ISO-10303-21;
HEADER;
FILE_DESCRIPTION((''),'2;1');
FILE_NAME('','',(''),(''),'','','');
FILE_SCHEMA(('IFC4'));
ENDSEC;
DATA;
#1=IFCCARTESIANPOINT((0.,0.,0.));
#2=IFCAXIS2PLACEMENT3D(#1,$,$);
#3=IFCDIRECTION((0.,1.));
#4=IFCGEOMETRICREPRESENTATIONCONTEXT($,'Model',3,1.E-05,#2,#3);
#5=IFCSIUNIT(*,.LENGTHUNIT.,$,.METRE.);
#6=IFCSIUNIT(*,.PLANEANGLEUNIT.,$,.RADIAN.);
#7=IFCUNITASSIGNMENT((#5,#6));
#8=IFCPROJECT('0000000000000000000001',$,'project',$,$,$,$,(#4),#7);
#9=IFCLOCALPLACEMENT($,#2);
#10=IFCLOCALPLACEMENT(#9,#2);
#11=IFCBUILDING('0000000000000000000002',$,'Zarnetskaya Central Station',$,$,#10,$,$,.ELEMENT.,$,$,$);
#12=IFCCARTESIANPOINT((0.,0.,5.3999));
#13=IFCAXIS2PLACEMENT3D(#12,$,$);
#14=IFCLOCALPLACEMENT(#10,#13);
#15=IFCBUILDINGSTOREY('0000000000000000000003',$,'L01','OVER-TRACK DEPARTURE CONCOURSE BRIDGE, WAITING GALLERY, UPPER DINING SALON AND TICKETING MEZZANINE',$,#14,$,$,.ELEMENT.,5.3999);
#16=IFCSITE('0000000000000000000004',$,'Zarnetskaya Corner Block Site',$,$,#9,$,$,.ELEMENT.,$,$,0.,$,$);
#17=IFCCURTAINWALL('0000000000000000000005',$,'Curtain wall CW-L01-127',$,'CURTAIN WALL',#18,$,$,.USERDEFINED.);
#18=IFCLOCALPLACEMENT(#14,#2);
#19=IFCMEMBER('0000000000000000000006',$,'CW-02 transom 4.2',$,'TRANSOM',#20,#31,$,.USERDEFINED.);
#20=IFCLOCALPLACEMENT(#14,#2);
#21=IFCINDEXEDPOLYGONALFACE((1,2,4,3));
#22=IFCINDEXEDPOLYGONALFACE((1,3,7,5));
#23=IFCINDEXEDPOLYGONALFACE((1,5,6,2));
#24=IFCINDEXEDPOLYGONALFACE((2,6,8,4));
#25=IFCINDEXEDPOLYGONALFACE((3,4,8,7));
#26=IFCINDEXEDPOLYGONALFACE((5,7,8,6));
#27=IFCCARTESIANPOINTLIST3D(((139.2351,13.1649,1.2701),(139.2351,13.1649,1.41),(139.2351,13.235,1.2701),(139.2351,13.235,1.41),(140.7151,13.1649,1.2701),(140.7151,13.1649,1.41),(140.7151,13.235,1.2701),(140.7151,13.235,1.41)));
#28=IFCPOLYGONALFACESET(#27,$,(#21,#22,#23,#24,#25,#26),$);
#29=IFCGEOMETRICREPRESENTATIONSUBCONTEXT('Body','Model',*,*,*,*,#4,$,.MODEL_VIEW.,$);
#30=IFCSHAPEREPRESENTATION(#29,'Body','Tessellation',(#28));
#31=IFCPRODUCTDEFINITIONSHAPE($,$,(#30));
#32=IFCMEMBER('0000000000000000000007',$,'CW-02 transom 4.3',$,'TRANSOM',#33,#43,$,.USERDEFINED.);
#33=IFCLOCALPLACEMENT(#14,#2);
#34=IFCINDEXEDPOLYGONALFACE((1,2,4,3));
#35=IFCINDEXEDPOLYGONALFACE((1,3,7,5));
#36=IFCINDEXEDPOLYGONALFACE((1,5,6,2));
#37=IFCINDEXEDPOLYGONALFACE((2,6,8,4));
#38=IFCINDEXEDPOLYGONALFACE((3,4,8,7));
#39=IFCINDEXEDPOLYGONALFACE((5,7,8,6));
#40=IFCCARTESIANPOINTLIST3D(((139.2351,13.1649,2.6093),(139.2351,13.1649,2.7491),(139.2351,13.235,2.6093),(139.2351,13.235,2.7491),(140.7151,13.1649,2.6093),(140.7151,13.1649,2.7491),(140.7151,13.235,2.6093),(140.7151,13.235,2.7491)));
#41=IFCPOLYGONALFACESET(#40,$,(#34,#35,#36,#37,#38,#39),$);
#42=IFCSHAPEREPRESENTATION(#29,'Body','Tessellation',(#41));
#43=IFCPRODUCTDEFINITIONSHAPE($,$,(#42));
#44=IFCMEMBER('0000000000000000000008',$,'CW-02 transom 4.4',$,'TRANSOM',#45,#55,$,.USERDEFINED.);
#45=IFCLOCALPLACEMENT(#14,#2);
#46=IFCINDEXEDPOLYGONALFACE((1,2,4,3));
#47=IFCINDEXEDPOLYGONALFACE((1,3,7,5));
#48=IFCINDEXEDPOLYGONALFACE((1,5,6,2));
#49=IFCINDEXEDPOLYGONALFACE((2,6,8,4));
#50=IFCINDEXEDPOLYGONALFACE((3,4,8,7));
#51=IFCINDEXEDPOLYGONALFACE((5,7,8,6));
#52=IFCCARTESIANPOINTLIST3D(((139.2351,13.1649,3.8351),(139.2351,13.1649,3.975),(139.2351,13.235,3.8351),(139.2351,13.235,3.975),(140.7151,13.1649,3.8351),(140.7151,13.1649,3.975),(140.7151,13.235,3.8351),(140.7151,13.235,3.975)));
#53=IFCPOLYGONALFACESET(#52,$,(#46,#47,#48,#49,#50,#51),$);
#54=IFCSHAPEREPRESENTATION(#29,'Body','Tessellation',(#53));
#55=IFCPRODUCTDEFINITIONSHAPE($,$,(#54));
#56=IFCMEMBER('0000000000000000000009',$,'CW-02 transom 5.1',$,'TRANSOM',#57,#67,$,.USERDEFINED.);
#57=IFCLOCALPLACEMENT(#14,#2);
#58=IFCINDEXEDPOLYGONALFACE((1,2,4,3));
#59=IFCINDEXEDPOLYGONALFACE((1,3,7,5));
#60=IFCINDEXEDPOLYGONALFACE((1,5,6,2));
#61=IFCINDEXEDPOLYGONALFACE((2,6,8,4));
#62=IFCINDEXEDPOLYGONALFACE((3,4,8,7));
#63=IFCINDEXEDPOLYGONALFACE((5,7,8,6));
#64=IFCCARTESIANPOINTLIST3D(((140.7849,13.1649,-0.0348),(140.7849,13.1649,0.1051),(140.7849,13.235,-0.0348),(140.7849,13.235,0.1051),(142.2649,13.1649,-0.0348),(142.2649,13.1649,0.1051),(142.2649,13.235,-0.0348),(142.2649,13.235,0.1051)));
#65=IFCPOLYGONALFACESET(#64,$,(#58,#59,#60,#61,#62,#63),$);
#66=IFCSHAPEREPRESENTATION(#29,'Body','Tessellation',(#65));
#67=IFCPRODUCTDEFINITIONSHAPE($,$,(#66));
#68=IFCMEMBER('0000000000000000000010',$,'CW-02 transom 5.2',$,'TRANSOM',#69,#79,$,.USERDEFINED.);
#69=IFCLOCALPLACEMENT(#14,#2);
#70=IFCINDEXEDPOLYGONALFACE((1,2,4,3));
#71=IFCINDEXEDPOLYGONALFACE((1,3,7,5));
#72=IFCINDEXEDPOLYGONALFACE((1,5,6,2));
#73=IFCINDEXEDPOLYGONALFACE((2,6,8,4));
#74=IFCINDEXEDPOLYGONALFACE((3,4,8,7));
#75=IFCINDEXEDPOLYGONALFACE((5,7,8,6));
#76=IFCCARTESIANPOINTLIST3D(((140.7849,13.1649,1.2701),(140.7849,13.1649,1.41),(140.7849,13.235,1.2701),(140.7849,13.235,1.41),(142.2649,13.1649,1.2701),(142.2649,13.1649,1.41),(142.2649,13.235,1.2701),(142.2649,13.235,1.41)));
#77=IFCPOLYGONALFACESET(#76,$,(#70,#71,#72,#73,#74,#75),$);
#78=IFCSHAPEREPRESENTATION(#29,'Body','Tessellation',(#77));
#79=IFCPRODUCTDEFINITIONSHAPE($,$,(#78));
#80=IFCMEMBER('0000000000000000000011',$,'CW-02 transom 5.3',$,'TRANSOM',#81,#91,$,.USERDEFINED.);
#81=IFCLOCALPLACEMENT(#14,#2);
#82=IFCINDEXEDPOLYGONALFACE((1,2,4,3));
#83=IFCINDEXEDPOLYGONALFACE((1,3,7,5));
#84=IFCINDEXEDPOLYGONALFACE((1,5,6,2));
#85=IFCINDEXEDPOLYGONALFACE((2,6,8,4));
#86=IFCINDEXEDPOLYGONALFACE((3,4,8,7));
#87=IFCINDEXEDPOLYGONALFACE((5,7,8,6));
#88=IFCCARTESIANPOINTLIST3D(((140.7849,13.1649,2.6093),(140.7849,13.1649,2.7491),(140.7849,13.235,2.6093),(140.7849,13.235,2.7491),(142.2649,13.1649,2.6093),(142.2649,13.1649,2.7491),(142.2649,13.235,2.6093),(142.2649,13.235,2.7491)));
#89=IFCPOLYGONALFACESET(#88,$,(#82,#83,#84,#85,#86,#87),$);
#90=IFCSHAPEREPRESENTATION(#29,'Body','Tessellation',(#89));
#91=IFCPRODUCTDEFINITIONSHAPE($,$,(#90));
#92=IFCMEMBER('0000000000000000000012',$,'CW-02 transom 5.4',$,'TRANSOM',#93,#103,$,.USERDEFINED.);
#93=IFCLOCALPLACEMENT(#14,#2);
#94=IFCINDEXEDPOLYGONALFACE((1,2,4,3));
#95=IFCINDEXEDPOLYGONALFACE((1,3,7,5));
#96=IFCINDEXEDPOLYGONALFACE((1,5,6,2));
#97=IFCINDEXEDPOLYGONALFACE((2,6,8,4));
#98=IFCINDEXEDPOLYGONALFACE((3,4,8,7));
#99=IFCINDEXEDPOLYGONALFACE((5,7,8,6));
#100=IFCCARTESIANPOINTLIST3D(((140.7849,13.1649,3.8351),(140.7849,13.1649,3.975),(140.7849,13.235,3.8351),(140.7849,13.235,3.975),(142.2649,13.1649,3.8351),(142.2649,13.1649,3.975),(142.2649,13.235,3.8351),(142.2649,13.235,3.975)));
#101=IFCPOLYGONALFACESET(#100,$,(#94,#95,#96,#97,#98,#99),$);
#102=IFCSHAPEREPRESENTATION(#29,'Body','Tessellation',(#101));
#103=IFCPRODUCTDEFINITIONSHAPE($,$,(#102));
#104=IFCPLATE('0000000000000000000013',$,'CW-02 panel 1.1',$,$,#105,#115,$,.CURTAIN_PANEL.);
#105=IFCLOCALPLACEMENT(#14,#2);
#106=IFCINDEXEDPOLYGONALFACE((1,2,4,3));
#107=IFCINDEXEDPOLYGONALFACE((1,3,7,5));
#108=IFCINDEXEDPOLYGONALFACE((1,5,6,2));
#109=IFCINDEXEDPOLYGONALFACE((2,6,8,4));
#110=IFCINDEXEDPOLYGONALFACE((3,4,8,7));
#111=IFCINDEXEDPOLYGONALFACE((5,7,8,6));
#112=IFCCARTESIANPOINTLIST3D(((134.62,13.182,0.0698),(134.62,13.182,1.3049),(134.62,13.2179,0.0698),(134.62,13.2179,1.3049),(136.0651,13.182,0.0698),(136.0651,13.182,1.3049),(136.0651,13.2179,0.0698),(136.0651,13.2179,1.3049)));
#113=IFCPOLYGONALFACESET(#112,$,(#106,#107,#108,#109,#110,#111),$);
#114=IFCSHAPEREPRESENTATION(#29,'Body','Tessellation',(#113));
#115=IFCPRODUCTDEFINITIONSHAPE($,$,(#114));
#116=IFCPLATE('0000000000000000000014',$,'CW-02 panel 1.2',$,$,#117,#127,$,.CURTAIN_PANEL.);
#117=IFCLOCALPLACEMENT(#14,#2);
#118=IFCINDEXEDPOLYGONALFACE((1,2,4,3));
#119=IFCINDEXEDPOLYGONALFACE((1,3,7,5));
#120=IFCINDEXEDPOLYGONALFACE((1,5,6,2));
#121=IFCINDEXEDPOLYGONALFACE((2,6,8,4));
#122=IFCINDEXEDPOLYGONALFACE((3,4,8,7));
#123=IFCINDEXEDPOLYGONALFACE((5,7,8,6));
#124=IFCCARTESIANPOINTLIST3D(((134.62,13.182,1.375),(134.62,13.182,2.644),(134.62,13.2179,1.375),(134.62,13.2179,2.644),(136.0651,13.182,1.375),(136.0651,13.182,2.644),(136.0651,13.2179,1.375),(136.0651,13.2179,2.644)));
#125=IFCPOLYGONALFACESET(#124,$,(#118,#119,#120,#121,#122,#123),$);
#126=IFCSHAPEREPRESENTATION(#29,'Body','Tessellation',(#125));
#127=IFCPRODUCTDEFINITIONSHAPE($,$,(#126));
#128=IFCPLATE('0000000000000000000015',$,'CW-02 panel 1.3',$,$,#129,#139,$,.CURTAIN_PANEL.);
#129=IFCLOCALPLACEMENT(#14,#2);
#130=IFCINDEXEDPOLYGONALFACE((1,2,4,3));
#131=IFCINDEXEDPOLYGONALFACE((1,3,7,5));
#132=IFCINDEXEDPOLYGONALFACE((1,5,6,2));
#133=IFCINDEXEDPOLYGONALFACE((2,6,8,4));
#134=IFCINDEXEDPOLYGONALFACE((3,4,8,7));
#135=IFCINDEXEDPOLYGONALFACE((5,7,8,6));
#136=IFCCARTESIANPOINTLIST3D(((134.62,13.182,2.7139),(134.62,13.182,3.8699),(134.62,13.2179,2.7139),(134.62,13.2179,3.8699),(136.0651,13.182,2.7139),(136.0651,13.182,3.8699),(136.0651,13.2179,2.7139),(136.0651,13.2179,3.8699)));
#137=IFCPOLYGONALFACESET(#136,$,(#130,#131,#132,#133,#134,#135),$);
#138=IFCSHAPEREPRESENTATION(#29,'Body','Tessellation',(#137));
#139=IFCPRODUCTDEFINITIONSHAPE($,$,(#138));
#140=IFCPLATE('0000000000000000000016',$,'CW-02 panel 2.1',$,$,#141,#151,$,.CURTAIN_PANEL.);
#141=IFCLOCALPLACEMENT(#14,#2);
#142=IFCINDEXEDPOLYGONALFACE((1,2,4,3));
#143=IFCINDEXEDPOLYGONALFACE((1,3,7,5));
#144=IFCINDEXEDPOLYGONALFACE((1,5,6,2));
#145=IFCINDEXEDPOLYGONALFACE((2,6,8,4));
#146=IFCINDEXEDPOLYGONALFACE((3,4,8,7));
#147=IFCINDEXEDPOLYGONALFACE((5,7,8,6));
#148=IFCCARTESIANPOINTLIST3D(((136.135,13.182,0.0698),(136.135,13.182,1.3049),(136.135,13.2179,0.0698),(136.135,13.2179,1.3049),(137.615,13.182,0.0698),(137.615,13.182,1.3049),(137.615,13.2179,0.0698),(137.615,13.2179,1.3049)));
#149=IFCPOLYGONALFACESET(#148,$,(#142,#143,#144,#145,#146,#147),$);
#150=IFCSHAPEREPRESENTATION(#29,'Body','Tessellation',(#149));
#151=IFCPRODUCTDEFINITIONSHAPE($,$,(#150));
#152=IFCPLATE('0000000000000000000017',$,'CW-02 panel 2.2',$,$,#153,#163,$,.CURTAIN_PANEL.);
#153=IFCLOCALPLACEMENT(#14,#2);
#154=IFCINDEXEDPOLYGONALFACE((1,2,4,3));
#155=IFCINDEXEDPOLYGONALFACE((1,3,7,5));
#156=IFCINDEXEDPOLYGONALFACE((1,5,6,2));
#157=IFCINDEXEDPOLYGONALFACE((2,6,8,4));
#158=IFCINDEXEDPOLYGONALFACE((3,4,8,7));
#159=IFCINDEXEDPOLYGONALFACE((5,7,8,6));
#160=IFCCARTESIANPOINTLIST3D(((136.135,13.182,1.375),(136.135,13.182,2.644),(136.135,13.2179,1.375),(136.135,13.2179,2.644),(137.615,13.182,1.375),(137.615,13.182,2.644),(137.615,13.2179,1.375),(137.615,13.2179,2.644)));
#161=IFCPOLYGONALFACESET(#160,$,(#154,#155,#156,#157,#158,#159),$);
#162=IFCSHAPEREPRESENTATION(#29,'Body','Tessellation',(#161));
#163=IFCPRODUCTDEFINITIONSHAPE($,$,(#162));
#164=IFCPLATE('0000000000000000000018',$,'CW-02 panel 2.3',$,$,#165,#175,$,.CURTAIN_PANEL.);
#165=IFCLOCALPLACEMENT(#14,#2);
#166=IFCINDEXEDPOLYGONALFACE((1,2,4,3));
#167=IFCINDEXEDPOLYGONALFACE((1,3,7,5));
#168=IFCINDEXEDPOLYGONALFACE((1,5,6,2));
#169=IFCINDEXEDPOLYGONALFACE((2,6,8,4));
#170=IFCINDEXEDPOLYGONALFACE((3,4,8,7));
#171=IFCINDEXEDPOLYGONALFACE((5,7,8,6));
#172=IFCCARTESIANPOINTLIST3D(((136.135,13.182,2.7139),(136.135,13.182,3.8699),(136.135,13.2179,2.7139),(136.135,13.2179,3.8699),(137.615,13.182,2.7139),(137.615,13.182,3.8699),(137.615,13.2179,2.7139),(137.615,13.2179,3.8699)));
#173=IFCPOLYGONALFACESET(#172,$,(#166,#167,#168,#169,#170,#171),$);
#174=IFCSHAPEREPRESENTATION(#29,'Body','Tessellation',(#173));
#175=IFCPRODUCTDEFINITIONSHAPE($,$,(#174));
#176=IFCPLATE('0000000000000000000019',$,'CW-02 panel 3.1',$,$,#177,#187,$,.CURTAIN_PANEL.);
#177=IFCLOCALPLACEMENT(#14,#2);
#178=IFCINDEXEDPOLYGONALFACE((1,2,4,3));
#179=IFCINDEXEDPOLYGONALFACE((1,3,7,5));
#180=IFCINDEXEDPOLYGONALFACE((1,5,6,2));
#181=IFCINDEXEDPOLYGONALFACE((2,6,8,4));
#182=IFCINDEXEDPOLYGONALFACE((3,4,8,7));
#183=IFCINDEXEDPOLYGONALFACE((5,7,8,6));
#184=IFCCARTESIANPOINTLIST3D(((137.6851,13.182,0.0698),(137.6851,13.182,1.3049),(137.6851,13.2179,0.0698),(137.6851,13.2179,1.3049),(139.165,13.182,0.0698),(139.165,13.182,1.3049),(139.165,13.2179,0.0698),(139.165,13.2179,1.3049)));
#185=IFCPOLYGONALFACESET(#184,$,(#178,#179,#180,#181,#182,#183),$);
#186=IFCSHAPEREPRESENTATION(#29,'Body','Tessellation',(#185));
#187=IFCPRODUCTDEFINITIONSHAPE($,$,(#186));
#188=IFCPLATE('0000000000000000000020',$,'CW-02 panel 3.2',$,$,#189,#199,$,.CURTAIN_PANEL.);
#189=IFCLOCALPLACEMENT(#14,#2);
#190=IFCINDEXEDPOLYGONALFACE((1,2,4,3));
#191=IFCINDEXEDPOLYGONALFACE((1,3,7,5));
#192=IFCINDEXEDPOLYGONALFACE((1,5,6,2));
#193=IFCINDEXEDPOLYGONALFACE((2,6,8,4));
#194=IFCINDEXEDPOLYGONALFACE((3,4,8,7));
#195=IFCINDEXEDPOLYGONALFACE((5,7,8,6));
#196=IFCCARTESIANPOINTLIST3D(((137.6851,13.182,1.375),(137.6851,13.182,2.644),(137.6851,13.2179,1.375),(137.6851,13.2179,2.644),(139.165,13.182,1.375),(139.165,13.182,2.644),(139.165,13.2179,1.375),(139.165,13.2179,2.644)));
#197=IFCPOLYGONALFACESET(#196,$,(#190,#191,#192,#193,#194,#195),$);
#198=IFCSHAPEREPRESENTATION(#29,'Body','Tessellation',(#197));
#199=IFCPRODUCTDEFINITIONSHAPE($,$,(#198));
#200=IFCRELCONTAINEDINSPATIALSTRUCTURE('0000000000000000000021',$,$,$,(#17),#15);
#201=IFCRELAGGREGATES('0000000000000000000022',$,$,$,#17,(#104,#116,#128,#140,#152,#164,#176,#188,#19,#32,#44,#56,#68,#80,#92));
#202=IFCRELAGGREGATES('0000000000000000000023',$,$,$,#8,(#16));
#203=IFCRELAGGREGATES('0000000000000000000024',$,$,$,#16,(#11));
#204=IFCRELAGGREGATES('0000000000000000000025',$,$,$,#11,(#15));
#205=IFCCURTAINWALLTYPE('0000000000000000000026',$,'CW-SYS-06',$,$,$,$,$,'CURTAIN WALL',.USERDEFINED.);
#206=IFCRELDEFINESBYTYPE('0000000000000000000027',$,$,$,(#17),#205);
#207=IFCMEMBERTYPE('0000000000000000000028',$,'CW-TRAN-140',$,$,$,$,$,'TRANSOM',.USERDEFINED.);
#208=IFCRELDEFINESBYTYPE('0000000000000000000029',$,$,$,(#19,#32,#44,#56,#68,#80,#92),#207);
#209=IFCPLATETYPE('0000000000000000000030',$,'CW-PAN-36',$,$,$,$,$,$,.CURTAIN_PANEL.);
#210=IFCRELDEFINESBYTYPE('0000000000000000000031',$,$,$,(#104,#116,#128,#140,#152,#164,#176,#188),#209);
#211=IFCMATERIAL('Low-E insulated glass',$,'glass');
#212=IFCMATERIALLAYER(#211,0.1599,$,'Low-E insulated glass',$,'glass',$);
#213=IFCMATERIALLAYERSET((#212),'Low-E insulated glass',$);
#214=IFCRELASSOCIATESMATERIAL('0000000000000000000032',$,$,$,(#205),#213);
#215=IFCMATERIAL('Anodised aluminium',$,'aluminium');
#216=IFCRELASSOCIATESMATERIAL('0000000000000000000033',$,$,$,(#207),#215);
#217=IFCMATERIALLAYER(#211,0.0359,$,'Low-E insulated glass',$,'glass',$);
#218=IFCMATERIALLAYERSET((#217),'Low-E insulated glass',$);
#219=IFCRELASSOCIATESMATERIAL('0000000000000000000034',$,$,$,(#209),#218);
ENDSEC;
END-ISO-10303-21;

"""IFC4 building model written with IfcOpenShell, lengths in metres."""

from ifc_helpers import new_model, si_unit, direction, frame, origin, origin_2d, place, context, subcontext, project, spatial, rectangle, extrude, material, layer, layer_set, material_profile, profile_set, type_object, element, aggregate, save


model = new_model("IFC4")

# Units and contexts
model_context = context("Model", 3, precision=1e-05, world=origin(), true_north=direction((0.0, 1.0)))
body_context = subcontext(model_context, "Body", "Model", "MODEL_VIEW")
ifc_project = project(units=[si_unit("LENGTHUNIT", "METRE"), si_unit("PLANEANGLEUNIT", "RADIAN")], contexts=[model_context])

# Site, building, storey
site_placement = place(None, origin())
site = spatial("IfcSite", under=ifc_project, at=site_placement, Name="Zarnetskaya Corner Block Site", CompositionType="ELEMENT", RefElevation=0.0)
building_placement = place(site_placement, origin())
building = spatial("IfcBuilding", under=site, at=building_placement, Name="Zarnetskaya Central Station", CompositionType="ELEMENT")
storey_placement = place(building_placement, frame((0.0, 0.0, 5.3999)))
storey = spatial("IfcBuildingStorey", under=building, at=storey_placement, Name="L01", Description="OVER-TRACK DEPARTURE CONCOURSE BRIDGE, WAITING GALLERY, UPPER DINING SALON AND TICKETING MEZZANINE", CompositionType="ELEMENT", Elevation=5.3999)

# Curtain wall, members, plates
ifc_material_1 = material(Name="Low-E insulated glass", Category="glass")
ifc_layer_1 = layer(ifc_material_1, 0.1599, Name="Low-E insulated glass", Category="glass")
ifc_layer_set_1 = layer_set([ifc_layer_1], Name="Low-E insulated glass")
curtain_wall_type = type_object("IfcCurtainWallType", Name="CW-SYS-06", ElementType="CURTAIN WALL", PredefinedType="USERDEFINED", material=ifc_layer_set_1)
curtain_wall_placement = place(storey_placement, origin())
curtain_wall = element("IfcCurtainWall", 1, at=curtain_wall_placement, inside=storey, type_object=curtain_wall_type, Name="Curtain wall CW-L01-127", ObjectType="CURTAIN WALL", PredefinedType="USERDEFINED")
ifc_material_2 = material(Name="Anodised aluminium", Category="aluminium")
ifc_material_profile_1 = material_profile(ifc_material_2, rectangle(XDim=0.0701, YDim=0.1399, at=origin_2d()), Name="ALU TRAN 70x140")
ifc_profile_set_1 = profile_set([ifc_material_profile_1], Name="Anodised aluminium")
member_type_1 = type_object("IfcMemberType", Name="CW-TRAN-140", ElementType="TRANSOM", PredefinedType="USERDEFINED", material=ifc_profile_set_1)
member_1_placement = place(storey_placement, frame((139.2351, 13.2, 1.3401), z_axis=(1.0, 0.0, 0.0), x_axis=(0.0, 1.0, 0.0)))
member_1 = element("IfcMember", 2, at=member_1_placement, type_object=member_type_1, Name="CW-02 transom 4.2", ObjectType="TRANSOM", PredefinedType="USERDEFINED", context=body_context, shape_type="SweptSolid", body=[
    extrude(rectangle(XDim=0.0701, YDim=0.1399, at=origin_2d()), origin(), (0.0, 0.0, 1.0), 1.48),
])
member_2_placement = place(storey_placement, frame((139.2351, 13.2, 2.6792), z_axis=(1.0, 0.0, 0.0), x_axis=(0.0, 1.0, 0.0)))
member_2 = element("IfcMember", 3, at=member_2_placement, type_object=member_type_1, Name="CW-02 transom 4.3", ObjectType="TRANSOM", PredefinedType="USERDEFINED", context=body_context, shape_type="SweptSolid", body=[
    extrude(rectangle(XDim=0.0701, YDim=0.1399, at=origin_2d()), origin(), (0.0, 0.0, 1.0), 1.48),
])
member_3_placement = place(storey_placement, frame((139.2351, 13.2, 3.905), z_axis=(1.0, 0.0, 0.0), x_axis=(0.0, 1.0, 0.0)))
member_3 = element("IfcMember", 4, at=member_3_placement, type_object=member_type_1, Name="CW-02 transom 4.4", ObjectType="TRANSOM", PredefinedType="USERDEFINED", context=body_context, shape_type="SweptSolid", body=[
    extrude(rectangle(XDim=0.0701, YDim=0.1399, at=origin_2d()), origin(), (0.0, 0.0, 1.0), 1.48),
])
member_4_placement = place(storey_placement, frame((140.7849, 13.2, 0.0352), z_axis=(1.0, 0.0, 0.0), x_axis=(0.0, 1.0, 0.0)))
member_4 = element("IfcMember", 5, at=member_4_placement, type_object=member_type_1, Name="CW-02 transom 5.1", ObjectType="TRANSOM", PredefinedType="USERDEFINED", context=body_context, shape_type="SweptSolid", body=[
    extrude(rectangle(XDim=0.0701, YDim=0.1399, at=origin_2d()), origin(), (0.0, 0.0, 1.0), 1.48),
])
member_5_placement = place(storey_placement, frame((140.7849, 13.2, 1.3401), z_axis=(1.0, 0.0, 0.0), x_axis=(0.0, 1.0, 0.0)))
member_5 = element("IfcMember", 6, at=member_5_placement, type_object=member_type_1, Name="CW-02 transom 5.2", ObjectType="TRANSOM", PredefinedType="USERDEFINED", context=body_context, shape_type="SweptSolid", body=[
    extrude(rectangle(XDim=0.0701, YDim=0.1399, at=origin_2d()), origin(), (0.0, 0.0, 1.0), 1.48),
])
member_6_placement = place(storey_placement, frame((140.7849, 13.2, 2.6792), z_axis=(1.0, 0.0, 0.0), x_axis=(0.0, 1.0, 0.0)))
member_6 = element("IfcMember", 7, at=member_6_placement, type_object=member_type_1, Name="CW-02 transom 5.3", ObjectType="TRANSOM", PredefinedType="USERDEFINED", context=body_context, shape_type="SweptSolid", body=[
    extrude(rectangle(XDim=0.0701, YDim=0.1399, at=origin_2d()), origin(), (0.0, 0.0, 1.0), 1.48),
])
member_7_placement = place(storey_placement, frame((140.7849, 13.2, 3.905), z_axis=(1.0, 0.0, 0.0), x_axis=(0.0, 1.0, 0.0)))
member_7 = element("IfcMember", 8, at=member_7_placement, type_object=member_type_1, Name="CW-02 transom 5.4", ObjectType="TRANSOM", PredefinedType="USERDEFINED", context=body_context, shape_type="SweptSolid", body=[
    extrude(rectangle(XDim=0.0701, YDim=0.1399, at=origin_2d()), origin(), (0.0, 0.0, 1.0), 1.48),
])
ifc_layer_2 = layer(ifc_material_1, 0.0359, Name="Low-E insulated glass", Category="glass")
ifc_layer_set_2 = layer_set([ifc_layer_2], Name="Low-E insulated glass")
plate_type_1 = type_object("IfcPlateType", Name="CW-PAN-36", PredefinedType="CURTAIN_PANEL", material=ifc_layer_set_2)
plate_1_placement = place(storey_placement, frame((135.3425, 13.2, 0.0698), z_axis=(0.0, 0.0, 1.0), x_axis=(1.0, 0.0, 0.0)))
plate_1 = element("IfcPlate", 9, at=plate_1_placement, type_object=plate_type_1, Name="CW-02 panel 1.1", PredefinedType="CURTAIN_PANEL", context=body_context, shape_type="SweptSolid", body=[
    extrude(rectangle(XDim=1.4451, YDim=0.0359, at=origin_2d()), origin(), (0.0, 0.0, 1.0), 1.2351),
])
plate_2_placement = place(storey_placement, frame((135.3425, 13.2, 1.375), z_axis=(0.0, 0.0, 1.0), x_axis=(1.0, 0.0, 0.0)))
plate_2 = element("IfcPlate", 10, at=plate_2_placement, type_object=plate_type_1, Name="CW-02 panel 1.2", PredefinedType="CURTAIN_PANEL", context=body_context, shape_type="SweptSolid", body=[
    extrude(rectangle(XDim=1.4451, YDim=0.0359, at=origin_2d()), origin(), (0.0, 0.0, 1.0), 1.269),
])
plate_3_placement = place(storey_placement, frame((135.3425, 13.2, 2.7139), z_axis=(0.0, 0.0, 1.0), x_axis=(1.0, 0.0, 0.0)))
plate_3 = element("IfcPlate", 11, at=plate_3_placement, type_object=plate_type_1, Name="CW-02 panel 1.3", PredefinedType="CURTAIN_PANEL", context=body_context, shape_type="SweptSolid", body=[
    extrude(rectangle(XDim=1.4451, YDim=0.0359, at=origin_2d()), origin(), (0.0, 0.0, 1.0), 1.156),
])
plate_4_placement = place(storey_placement, frame((136.875, 13.2, 0.0698), z_axis=(0.0, 0.0, 1.0), x_axis=(1.0, 0.0, 0.0)))
plate_4 = element("IfcPlate", 12, at=plate_4_placement, type_object=plate_type_1, Name="CW-02 panel 2.1", PredefinedType="CURTAIN_PANEL", context=body_context, shape_type="SweptSolid", body=[
    extrude(rectangle(XDim=1.48, YDim=0.0359, at=origin_2d()), origin(), (0.0, 0.0, 1.0), 1.2351),
])
plate_5_placement = place(storey_placement, frame((136.875, 13.2, 1.375), z_axis=(0.0, 0.0, 1.0), x_axis=(1.0, 0.0, 0.0)))
plate_5 = element("IfcPlate", 13, at=plate_5_placement, type_object=plate_type_1, Name="CW-02 panel 2.2", PredefinedType="CURTAIN_PANEL", context=body_context, shape_type="SweptSolid", body=[
    extrude(rectangle(XDim=1.48, YDim=0.0359, at=origin_2d()), origin(), (0.0, 0.0, 1.0), 1.269),
])
plate_6_placement = place(storey_placement, frame((136.875, 13.2, 2.7139), z_axis=(0.0, 0.0, 1.0), x_axis=(1.0, 0.0, 0.0)))
plate_6 = element("IfcPlate", 14, at=plate_6_placement, type_object=plate_type_1, Name="CW-02 panel 2.3", PredefinedType="CURTAIN_PANEL", context=body_context, shape_type="SweptSolid", body=[
    extrude(rectangle(XDim=1.48, YDim=0.0359, at=origin_2d()), origin(), (0.0, 0.0, 1.0), 1.156),
])
plate_7_placement = place(storey_placement, frame((138.425, 13.2, 0.0698), z_axis=(0.0, 0.0, 1.0), x_axis=(1.0, 0.0, 0.0)))
plate_7 = element("IfcPlate", 15, at=plate_7_placement, type_object=plate_type_1, Name="CW-02 panel 3.1", PredefinedType="CURTAIN_PANEL", context=body_context, shape_type="SweptSolid", body=[
    extrude(rectangle(XDim=1.48, YDim=0.0359, at=origin_2d()), origin(), (0.0, 0.0, 1.0), 1.2351),
])
plate_8_placement = place(storey_placement, frame((138.425, 13.2, 1.375), z_axis=(0.0, 0.0, 1.0), x_axis=(1.0, 0.0, 0.0)))
plate_8 = element("IfcPlate", 16, at=plate_8_placement, type_object=plate_type_1, Name="CW-02 panel 3.2", PredefinedType="CURTAIN_PANEL", context=body_context, shape_type="SweptSolid", body=[
    extrude(rectangle(XDim=1.48, YDim=0.0359, at=origin_2d()), origin(), (0.0, 0.0, 1.0), 1.269),
])
aggregate(curtain_wall, [plate_1, plate_2, plate_3, plate_4, plate_5, plate_6, plate_7, plate_8, member_1, member_2, member_3, member_4, member_5, member_6, member_7])

save(model, "model.ifc")
